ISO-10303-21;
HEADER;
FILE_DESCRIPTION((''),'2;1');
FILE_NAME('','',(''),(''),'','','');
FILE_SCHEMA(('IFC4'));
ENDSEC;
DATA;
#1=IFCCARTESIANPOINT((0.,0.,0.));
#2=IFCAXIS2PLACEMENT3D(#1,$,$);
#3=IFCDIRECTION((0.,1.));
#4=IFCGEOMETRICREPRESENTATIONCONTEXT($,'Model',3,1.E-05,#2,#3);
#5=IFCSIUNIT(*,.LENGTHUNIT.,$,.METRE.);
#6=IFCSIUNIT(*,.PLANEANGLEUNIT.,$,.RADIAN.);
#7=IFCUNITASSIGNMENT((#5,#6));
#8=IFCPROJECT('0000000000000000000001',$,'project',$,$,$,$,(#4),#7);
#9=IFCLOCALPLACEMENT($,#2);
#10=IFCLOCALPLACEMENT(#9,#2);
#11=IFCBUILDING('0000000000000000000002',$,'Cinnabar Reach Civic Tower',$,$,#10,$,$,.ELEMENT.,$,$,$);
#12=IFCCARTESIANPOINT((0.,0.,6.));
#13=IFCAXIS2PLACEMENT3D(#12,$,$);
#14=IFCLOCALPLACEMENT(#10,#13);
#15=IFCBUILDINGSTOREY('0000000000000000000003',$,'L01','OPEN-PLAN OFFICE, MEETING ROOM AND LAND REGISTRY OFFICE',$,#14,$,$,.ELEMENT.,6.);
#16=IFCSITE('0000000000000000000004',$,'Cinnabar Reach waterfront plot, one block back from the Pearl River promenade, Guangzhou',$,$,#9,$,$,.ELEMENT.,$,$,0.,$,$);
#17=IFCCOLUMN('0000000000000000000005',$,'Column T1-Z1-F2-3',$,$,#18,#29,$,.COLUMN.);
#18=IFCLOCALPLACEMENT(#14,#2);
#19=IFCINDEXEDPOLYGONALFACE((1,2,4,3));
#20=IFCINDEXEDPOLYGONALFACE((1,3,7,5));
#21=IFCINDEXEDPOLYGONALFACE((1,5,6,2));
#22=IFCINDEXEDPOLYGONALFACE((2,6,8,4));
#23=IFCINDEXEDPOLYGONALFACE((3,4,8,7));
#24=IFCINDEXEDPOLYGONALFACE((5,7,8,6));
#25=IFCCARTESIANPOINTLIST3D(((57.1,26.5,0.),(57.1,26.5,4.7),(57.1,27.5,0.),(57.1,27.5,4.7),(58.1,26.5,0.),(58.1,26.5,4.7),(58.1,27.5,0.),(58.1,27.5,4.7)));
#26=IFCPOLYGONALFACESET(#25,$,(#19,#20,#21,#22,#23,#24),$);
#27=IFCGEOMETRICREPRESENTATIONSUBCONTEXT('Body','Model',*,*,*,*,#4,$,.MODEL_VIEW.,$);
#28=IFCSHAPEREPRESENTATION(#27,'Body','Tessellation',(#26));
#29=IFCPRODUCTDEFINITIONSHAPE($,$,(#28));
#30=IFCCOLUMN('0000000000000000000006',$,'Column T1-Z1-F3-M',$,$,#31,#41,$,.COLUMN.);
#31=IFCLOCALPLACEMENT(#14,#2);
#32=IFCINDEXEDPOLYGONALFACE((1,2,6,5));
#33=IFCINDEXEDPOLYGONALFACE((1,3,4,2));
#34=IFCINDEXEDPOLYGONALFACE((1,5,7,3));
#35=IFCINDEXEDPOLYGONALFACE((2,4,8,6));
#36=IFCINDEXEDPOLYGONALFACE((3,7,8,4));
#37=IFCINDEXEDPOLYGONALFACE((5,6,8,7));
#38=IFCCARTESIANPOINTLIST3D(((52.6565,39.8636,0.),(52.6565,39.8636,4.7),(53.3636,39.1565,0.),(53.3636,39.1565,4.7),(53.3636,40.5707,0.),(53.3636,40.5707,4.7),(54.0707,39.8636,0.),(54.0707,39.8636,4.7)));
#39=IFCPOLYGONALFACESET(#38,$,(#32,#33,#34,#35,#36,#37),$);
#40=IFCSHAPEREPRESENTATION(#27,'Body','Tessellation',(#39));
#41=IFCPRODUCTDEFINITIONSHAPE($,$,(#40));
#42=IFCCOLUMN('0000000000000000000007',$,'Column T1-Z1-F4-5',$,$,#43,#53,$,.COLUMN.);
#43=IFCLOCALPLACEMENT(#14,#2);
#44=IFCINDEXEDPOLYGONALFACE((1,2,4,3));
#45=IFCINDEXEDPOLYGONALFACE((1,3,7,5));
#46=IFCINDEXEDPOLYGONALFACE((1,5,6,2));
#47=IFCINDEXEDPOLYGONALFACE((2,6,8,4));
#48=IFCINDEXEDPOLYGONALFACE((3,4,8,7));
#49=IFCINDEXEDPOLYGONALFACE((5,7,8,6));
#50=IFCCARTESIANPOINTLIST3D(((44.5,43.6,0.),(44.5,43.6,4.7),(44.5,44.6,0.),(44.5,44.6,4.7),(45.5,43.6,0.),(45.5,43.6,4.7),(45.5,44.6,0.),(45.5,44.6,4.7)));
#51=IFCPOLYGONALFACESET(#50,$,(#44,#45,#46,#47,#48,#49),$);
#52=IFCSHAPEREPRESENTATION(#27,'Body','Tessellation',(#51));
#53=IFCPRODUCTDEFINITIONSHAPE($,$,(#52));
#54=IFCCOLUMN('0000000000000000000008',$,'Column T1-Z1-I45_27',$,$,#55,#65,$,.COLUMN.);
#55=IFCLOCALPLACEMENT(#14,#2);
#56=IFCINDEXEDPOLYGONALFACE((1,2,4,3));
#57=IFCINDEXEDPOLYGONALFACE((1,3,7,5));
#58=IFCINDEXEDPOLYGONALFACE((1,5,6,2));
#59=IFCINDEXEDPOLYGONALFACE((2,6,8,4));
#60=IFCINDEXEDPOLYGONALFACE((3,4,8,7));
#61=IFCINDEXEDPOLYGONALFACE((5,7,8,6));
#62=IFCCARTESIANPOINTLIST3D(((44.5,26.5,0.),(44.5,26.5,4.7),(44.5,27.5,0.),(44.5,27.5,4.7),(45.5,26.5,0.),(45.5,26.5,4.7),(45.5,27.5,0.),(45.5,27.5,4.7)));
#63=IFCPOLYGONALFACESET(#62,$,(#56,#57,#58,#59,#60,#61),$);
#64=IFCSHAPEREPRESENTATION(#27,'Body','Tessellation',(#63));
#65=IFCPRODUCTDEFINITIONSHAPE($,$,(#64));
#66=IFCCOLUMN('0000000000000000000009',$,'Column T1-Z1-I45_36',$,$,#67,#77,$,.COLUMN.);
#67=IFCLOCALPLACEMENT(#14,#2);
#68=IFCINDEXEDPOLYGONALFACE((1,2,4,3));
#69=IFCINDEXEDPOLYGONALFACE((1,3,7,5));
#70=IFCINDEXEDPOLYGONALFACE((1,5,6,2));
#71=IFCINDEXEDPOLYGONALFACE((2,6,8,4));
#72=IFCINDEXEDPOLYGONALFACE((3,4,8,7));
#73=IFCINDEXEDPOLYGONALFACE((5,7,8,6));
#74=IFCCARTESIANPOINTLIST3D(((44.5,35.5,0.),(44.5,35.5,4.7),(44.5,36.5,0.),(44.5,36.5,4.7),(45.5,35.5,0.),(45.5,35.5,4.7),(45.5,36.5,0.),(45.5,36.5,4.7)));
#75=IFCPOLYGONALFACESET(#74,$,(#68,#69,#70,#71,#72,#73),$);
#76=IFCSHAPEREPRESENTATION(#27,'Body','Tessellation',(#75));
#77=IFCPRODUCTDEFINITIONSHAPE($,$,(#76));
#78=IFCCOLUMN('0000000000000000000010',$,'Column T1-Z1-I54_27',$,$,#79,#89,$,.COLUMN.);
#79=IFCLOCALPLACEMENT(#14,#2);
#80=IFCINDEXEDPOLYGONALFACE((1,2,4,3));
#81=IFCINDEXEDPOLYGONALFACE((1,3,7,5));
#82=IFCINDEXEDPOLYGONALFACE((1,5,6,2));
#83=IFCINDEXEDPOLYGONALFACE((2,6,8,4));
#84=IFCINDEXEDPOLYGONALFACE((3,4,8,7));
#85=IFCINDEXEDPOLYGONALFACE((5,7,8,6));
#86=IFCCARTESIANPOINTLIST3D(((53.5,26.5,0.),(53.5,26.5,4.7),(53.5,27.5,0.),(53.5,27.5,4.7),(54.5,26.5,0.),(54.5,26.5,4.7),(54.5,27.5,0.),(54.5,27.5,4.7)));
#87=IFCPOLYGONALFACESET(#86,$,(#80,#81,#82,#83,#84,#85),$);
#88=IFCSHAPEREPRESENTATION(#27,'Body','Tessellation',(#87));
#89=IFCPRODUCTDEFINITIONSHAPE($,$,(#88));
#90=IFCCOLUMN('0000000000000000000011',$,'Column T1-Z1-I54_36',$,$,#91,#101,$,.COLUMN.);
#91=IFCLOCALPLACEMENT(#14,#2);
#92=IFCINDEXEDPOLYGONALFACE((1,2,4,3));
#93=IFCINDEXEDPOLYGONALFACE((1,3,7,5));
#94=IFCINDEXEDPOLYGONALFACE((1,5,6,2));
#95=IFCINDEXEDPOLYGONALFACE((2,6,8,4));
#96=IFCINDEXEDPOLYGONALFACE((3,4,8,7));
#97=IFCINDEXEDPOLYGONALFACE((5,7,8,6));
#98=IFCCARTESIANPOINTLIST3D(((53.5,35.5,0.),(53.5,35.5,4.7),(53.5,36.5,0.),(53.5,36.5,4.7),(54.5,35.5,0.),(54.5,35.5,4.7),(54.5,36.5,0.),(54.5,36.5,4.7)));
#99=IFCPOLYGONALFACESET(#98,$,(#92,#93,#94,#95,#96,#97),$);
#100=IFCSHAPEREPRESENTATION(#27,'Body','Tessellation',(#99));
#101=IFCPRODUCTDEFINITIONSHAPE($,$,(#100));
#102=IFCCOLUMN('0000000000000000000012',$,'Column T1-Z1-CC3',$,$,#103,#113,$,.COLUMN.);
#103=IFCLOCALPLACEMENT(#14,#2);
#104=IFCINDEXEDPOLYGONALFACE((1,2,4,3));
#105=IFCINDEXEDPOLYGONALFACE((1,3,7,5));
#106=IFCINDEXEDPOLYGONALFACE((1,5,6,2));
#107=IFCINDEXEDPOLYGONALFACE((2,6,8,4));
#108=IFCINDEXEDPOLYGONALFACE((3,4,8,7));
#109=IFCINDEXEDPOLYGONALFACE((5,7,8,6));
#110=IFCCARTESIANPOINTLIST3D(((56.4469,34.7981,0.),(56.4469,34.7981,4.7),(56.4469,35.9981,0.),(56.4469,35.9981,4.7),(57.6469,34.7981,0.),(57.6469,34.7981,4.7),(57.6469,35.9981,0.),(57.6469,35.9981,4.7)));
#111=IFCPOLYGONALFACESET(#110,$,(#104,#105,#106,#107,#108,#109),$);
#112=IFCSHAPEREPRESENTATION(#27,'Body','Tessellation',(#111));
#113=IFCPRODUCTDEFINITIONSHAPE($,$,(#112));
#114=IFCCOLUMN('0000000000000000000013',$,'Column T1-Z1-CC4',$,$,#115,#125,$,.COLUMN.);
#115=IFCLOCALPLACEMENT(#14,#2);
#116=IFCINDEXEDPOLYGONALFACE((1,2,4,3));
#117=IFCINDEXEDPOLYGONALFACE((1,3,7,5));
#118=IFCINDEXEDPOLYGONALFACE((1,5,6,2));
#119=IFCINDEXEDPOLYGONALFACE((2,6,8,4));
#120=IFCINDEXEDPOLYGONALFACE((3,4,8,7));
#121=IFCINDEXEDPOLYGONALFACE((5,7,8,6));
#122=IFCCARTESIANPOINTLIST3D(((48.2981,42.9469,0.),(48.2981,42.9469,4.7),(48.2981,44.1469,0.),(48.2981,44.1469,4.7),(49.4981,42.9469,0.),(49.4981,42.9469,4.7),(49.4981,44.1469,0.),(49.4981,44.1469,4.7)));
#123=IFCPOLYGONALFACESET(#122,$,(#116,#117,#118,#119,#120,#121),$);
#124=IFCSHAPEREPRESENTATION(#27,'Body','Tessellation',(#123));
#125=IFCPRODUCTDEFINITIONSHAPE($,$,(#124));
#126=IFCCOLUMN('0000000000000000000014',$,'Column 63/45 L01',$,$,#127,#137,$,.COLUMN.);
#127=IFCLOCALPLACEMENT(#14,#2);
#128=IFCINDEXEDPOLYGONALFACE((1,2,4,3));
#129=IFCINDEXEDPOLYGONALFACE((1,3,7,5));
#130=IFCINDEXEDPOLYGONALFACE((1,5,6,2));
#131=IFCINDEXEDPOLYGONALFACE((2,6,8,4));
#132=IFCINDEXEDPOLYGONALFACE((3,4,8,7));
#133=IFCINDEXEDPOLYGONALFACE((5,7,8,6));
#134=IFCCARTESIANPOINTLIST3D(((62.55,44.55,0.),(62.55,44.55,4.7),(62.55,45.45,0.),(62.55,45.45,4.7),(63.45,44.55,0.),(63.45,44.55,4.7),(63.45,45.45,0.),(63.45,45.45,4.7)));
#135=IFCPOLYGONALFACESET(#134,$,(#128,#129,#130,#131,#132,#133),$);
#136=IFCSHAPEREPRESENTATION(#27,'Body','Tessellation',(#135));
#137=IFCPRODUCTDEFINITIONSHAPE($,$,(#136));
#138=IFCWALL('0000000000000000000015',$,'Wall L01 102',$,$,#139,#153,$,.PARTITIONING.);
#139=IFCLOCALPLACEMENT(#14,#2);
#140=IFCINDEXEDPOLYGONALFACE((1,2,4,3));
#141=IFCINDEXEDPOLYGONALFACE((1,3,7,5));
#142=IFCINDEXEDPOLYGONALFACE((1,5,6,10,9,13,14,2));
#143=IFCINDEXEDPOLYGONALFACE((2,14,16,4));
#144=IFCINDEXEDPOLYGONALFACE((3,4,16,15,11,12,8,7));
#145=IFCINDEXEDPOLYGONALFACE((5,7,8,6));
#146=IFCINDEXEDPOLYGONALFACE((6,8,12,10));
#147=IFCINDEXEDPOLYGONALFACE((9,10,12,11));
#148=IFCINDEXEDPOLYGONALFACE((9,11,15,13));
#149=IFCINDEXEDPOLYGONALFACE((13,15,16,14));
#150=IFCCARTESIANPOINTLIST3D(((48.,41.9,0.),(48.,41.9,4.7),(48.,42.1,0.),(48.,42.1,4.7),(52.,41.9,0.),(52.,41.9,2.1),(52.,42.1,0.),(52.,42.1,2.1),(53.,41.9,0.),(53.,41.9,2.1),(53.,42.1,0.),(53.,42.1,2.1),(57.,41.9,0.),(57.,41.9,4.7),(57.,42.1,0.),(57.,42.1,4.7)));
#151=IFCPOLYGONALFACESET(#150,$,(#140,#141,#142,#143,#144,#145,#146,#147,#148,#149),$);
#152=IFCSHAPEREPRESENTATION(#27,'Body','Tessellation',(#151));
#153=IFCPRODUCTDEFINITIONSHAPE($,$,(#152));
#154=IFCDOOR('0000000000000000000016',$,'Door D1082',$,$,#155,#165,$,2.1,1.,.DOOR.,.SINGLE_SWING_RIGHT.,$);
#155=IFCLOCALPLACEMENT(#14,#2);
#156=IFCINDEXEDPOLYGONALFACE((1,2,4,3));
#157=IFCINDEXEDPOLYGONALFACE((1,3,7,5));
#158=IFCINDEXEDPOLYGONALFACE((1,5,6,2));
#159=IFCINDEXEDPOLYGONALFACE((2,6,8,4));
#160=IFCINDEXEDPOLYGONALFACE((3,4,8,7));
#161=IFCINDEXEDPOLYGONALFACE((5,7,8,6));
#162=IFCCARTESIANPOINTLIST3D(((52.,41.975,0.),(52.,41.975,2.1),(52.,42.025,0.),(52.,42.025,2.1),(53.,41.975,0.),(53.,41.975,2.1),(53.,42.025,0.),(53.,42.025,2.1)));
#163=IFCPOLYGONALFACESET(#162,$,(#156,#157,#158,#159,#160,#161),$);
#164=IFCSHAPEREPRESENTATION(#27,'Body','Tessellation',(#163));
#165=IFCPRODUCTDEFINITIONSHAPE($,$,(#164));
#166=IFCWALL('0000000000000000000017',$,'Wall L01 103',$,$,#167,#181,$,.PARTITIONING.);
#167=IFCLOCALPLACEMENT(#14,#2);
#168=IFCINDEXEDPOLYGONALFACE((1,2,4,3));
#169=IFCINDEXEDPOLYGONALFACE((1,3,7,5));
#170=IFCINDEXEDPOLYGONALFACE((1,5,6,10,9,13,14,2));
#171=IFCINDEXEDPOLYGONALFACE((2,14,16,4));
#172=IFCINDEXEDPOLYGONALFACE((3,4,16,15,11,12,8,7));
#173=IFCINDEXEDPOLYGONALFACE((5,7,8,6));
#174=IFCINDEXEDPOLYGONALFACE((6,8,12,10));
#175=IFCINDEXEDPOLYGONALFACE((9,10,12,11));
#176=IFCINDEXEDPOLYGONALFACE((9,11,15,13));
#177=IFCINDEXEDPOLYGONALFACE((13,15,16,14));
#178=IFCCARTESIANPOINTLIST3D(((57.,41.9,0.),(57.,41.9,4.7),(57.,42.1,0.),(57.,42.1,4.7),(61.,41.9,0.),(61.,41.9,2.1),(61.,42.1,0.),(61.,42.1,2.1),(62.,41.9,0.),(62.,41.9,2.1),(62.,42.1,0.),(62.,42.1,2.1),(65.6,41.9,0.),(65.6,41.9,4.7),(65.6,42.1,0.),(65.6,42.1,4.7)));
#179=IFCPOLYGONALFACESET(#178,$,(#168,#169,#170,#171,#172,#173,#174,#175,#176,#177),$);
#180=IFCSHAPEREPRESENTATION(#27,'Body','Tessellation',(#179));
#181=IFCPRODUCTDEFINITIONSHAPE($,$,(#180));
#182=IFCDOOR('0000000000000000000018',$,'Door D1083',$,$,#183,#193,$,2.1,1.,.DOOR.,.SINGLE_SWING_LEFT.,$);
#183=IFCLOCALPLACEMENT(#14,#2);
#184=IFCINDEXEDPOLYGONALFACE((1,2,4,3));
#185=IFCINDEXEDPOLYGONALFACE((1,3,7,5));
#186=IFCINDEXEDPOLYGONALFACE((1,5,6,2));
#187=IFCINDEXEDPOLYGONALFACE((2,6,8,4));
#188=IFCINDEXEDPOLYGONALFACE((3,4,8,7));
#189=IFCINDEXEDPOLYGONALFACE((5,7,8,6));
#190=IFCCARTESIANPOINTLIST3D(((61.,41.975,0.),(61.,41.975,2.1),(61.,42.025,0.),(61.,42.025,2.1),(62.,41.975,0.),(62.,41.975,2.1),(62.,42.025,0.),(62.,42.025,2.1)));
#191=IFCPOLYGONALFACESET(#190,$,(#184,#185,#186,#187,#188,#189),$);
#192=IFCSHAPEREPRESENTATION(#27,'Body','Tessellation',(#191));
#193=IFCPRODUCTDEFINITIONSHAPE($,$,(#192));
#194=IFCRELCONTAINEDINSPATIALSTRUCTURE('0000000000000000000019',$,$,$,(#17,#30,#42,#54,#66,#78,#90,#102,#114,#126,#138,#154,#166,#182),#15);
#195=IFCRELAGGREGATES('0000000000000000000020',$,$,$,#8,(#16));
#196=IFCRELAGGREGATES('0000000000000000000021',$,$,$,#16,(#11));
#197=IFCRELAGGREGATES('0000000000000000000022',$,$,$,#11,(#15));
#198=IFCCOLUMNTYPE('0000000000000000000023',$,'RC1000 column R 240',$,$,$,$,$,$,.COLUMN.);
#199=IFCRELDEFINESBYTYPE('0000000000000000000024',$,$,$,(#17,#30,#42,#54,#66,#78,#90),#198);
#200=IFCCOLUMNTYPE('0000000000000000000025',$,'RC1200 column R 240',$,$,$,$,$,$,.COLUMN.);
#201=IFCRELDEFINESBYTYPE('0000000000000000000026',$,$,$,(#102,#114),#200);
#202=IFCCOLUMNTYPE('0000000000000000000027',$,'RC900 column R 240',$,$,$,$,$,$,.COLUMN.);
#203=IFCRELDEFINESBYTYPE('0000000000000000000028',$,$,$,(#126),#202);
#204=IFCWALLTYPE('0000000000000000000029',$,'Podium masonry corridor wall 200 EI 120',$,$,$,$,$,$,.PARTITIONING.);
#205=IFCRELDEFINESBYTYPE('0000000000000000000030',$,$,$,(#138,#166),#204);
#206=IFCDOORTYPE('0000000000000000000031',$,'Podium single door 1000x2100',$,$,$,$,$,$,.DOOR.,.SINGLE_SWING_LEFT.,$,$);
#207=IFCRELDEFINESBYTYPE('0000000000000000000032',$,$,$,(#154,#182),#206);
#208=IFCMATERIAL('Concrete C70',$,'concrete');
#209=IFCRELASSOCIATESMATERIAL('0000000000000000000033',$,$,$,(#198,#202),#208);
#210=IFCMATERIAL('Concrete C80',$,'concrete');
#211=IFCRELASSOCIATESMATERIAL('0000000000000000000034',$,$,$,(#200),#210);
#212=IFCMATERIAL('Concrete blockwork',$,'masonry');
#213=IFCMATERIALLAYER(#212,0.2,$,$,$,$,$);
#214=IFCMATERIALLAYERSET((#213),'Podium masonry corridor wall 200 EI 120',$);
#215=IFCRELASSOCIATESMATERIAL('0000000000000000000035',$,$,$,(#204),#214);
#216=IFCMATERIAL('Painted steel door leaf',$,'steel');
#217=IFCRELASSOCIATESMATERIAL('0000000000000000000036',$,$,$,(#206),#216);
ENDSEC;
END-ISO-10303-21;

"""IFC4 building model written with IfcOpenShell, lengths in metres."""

from ifc_helpers import new_model, si_unit, direction, frame, frame_2d, origin, origin_2d, place, context, subcontext, project, spatial, rectangle, extrude, material, layer, layer_set, material_profile, profile_set, type_object, element, fill, save


model = new_model("IFC4")

# Units and contexts
model_context = context("Model", 3, precision=1e-05, world=origin(), true_north=direction((0.0, 1.0)))
body_context = subcontext(model_context, "Body", "Model", "MODEL_VIEW")
ifc_project = project(units=[si_unit("LENGTHUNIT", "METRE"), si_unit("PLANEANGLEUNIT", "RADIAN")], contexts=[model_context])

# Site, building, storey
site_placement = place(None, origin())
site = spatial("IfcSite", under=ifc_project, at=site_placement, Name="Cinnabar Reach waterfront plot, one block back from the Pearl River promenade, Guangzhou", CompositionType="ELEMENT", RefElevation=0.0)
building_placement = place(site_placement, origin())
building = spatial("IfcBuilding", under=site, at=building_placement, Name="Cinnabar Reach Civic Tower", CompositionType="ELEMENT")
storey_placement = place(building_placement, frame((0.0, 0.0, 6.0)))
storey = spatial("IfcBuildingStorey", under=building, at=storey_placement, Name="L01", Description="OPEN-PLAN OFFICE, MEETING ROOM AND LAND REGISTRY OFFICE", CompositionType="ELEMENT", Elevation=6.0)

# Columns
ifc_material_1 = material(Name="Concrete C70", Category="concrete")
ifc_material_profile_1 = material_profile(ifc_material_1, rectangle(XDim=1.0, YDim=1.0, at=origin_2d()), Name="RC1000")
ifc_profile_set_1 = profile_set([ifc_material_profile_1], Name="Concrete C70")
column_type_1 = type_object("IfcColumnType", Name="RC1000 column R 240", PredefinedType="COLUMN", material=ifc_profile_set_1)
for number, where, z_axis, x_axis, name in (
    (1, (57.6, 27.0, 0.0), (0.0, 0.0, 1.0), (1.0, 0.0, 0.0), "Column T1-Z1-F2-3"),
    (2, (53.3636, 39.8636, 0.0), (0.0, 0.0, 1.0), (0.707107, 0.707107, 0.0), "Column T1-Z1-F3-M"),
    (3, (45.0, 44.1, 0.0), (0.0, 0.0, 1.0), (1.0, 0.0, 0.0), "Column T1-Z1-F4-5"),
    (4, (45.0, 27.0, 0.0), (0.0, 0.0, 1.0), (1.0, 0.0, 0.0), "Column T1-Z1-I45_27"),
    (5, (45.0, 36.0, 0.0), (0.0, 0.0, 1.0), (1.0, 0.0, 0.0), "Column T1-Z1-I45_36"),
    (6, (54.0, 27.0, 0.0), (0.0, 0.0, 1.0), (1.0, 0.0, 0.0), "Column T1-Z1-I54_27"),
    (7, (54.0, 36.0, 0.0), (0.0, 0.0, 1.0), (1.0, 0.0, 0.0), "Column T1-Z1-I54_36"),
):
    element("IfcColumn", number, at=place(storey_placement, frame(where, z_axis=z_axis, x_axis=x_axis)), inside=storey, type_object=column_type_1, Name=name, PredefinedType="COLUMN", context=body_context, shape_type="SweptSolid", body=[
        extrude(rectangle(XDim=1.0, YDim=1.0, at=origin_2d()), origin(), (0.0, 0.0, 1.0), 4.7),
    ])
ifc_material_2 = material(Name="Concrete C80", Category="concrete")
ifc_material_profile_2 = material_profile(ifc_material_2, rectangle(XDim=1.2, YDim=1.2, at=origin_2d()), Name="RC1200")
ifc_profile_set_2 = profile_set([ifc_material_profile_2], Name="Concrete C80")
column_type_2 = type_object("IfcColumnType", Name="RC1200 column R 240", PredefinedType="COLUMN", material=ifc_profile_set_2)
for number, where, z_axis, x_axis, name in (
    (8, (57.0469, 35.3981, 0.0), (0.0, 0.0, 1.0), (1.0, 0.0, 0.0), "Column T1-Z1-CC3"),
    (9, (48.8981, 43.5469, 0.0), (0.0, 0.0, 1.0), (1.0, 0.0, 0.0), "Column T1-Z1-CC4"),
):
    element("IfcColumn", number, at=place(storey_placement, frame(where, z_axis=z_axis, x_axis=x_axis)), inside=storey, type_object=column_type_2, Name=name, PredefinedType="COLUMN", context=body_context, shape_type="SweptSolid", body=[
        extrude(rectangle(XDim=1.2, YDim=1.2, at=origin_2d()), origin(), (0.0, 0.0, 1.0), 4.7),
    ])
ifc_material_profile_3 = material_profile(ifc_material_1, rectangle(XDim=0.9, YDim=0.9, at=origin_2d()), Name="RC900")
ifc_profile_set_3 = profile_set([ifc_material_profile_3], Name="Concrete C70")
column_type_3 = type_object("IfcColumnType", Name="RC900 column R 240", PredefinedType="COLUMN", material=ifc_profile_set_3)
column_placement = place(storey_placement, frame((63.0, 45.0, 0.0), z_axis=(0.0, 0.0, 1.0), x_axis=(1.0, 0.0, 0.0)))
element("IfcColumn", 10, at=column_placement, inside=storey, type_object=column_type_3, Name="Column 63/45 L01", PredefinedType="COLUMN", context=body_context, shape_type="SweptSolid", body=[
    extrude(rectangle(XDim=0.9, YDim=0.9, at=origin_2d()), origin(), (0.0, 0.0, 1.0), 4.7),
])

# Walls, openings, doors
ifc_material_3 = material(Name="Concrete blockwork", Category="masonry")
ifc_layer_1 = layer(ifc_material_3, 0.2)
ifc_layer_set_1 = layer_set([ifc_layer_1], Name="Podium masonry corridor wall 200 EI 120")
wall_type_1 = type_object("IfcWallType", Name="Podium masonry corridor wall 200 EI 120", PredefinedType="PARTITIONING", material=ifc_layer_set_1)
wall_1_placement = place(storey_placement, frame((48.0, 42.0, 0.0), z_axis=(0.0, 0.0, 1.0), x_axis=(1.0, 0.0, 0.0)))
wall_1 = element("IfcWall", 11, at=wall_1_placement, inside=storey, type_object=wall_type_1, Name="Wall L01 102", PredefinedType="PARTITIONING", context=body_context, shape_type="SweptSolid", body=[
    extrude(rectangle(XDim=9.0, YDim=0.2, at=frame_2d((4.5, 0.0))), origin(), (0.0, 0.0, 1.0), 4.7),
])
opening_1_placement = place(wall_1_placement, frame((4.0, 0.0, 0.0)))
opening_1 = element("IfcOpeningElement", 12, at=opening_1_placement, cuts=wall_1, PredefinedType="OPENING", context=body_context, shape_type="SweptSolid", body=[
    extrude(rectangle(XDim=1.0, YDim=2.1, at=frame_2d((0.5, 1.05))), frame((0.0, 0.11, 0.0), z_axis=(0.0, -1.0, 0.0), x_axis=(1.0, 0.0, 0.0)), (0.0, 0.0, 1.0), 0.22),
])
ifc_material_4 = material(Name="Painted steel door leaf", Category="steel")
door_type_1 = type_object("IfcDoorType", Name="Podium single door 1000x2100", OperationType="SINGLE_SWING_LEFT", PredefinedType="DOOR", material=ifc_material_4)
door_1_placement = place(opening_1_placement, frame((1.0, 0.0, 0.0), z_axis=(0.0, 0.0, 1.0), x_axis=(-1.0, 0.0, 0.0)))
door_1 = element("IfcDoor", 13, at=door_1_placement, inside=storey, type_object=door_type_1, Name="Door D1082", OperationType="SINGLE_SWING_RIGHT", OverallHeight=2.1, OverallWidth=1.0, PredefinedType="DOOR", context=body_context, shape_type="SweptSolid", body=[
    extrude(rectangle(XDim=1.0, YDim=2.1, at=frame_2d((0.5, 1.05))), frame((0.0, 0.025, 0.0), z_axis=(0.0, -1.0, 0.0), x_axis=(1.0, 0.0, 0.0)), (0.0, 0.0, 1.0), 0.05),
])
fill(opening_1, door_1)
wall_2_placement = place(storey_placement, frame((57.0, 42.0, 0.0), z_axis=(0.0, 0.0, 1.0), x_axis=(1.0, 0.0, 0.0)))
wall_2 = element("IfcWall", 14, at=wall_2_placement, inside=storey, type_object=wall_type_1, Name="Wall L01 103", PredefinedType="PARTITIONING", context=body_context, shape_type="SweptSolid", body=[
    extrude(rectangle(XDim=8.6, YDim=0.2, at=frame_2d((4.3, 0.0))), origin(), (0.0, 0.0, 1.0), 4.7),
])
opening_2_placement = place(wall_2_placement, frame((4.0, 0.0, 0.0)))
opening_2 = element("IfcOpeningElement", 15, at=opening_2_placement, cuts=wall_2, PredefinedType="OPENING", context=body_context, shape_type="SweptSolid", body=[
    extrude(rectangle(XDim=1.0, YDim=2.1, at=frame_2d((0.5, 1.05))), frame((0.0, 0.11, 0.0), z_axis=(0.0, -1.0, 0.0), x_axis=(1.0, 0.0, 0.0)), (0.0, 0.0, 1.0), 0.22),
])
door_2_placement = place(opening_2_placement, frame((1.0, 0.0, 0.0), z_axis=(0.0, 0.0, 1.0), x_axis=(-1.0, 0.0, 0.0)))
door_2 = element("IfcDoor", 16, at=door_2_placement, inside=storey, type_object=door_type_1, Name="Door D1083", OperationType="SINGLE_SWING_LEFT", OverallHeight=2.1, OverallWidth=1.0, PredefinedType="DOOR", context=body_context, shape_type="SweptSolid", body=[
    extrude(rectangle(XDim=1.0, YDim=2.1, at=frame_2d((0.5, 1.05))), frame((0.0, 0.025, 0.0), z_axis=(0.0, -1.0, 0.0), x_axis=(1.0, 0.0, 0.0)), (0.0, 0.0, 1.0), 0.05),
])
fill(opening_2, door_2)

save(model, "model.ifc")
